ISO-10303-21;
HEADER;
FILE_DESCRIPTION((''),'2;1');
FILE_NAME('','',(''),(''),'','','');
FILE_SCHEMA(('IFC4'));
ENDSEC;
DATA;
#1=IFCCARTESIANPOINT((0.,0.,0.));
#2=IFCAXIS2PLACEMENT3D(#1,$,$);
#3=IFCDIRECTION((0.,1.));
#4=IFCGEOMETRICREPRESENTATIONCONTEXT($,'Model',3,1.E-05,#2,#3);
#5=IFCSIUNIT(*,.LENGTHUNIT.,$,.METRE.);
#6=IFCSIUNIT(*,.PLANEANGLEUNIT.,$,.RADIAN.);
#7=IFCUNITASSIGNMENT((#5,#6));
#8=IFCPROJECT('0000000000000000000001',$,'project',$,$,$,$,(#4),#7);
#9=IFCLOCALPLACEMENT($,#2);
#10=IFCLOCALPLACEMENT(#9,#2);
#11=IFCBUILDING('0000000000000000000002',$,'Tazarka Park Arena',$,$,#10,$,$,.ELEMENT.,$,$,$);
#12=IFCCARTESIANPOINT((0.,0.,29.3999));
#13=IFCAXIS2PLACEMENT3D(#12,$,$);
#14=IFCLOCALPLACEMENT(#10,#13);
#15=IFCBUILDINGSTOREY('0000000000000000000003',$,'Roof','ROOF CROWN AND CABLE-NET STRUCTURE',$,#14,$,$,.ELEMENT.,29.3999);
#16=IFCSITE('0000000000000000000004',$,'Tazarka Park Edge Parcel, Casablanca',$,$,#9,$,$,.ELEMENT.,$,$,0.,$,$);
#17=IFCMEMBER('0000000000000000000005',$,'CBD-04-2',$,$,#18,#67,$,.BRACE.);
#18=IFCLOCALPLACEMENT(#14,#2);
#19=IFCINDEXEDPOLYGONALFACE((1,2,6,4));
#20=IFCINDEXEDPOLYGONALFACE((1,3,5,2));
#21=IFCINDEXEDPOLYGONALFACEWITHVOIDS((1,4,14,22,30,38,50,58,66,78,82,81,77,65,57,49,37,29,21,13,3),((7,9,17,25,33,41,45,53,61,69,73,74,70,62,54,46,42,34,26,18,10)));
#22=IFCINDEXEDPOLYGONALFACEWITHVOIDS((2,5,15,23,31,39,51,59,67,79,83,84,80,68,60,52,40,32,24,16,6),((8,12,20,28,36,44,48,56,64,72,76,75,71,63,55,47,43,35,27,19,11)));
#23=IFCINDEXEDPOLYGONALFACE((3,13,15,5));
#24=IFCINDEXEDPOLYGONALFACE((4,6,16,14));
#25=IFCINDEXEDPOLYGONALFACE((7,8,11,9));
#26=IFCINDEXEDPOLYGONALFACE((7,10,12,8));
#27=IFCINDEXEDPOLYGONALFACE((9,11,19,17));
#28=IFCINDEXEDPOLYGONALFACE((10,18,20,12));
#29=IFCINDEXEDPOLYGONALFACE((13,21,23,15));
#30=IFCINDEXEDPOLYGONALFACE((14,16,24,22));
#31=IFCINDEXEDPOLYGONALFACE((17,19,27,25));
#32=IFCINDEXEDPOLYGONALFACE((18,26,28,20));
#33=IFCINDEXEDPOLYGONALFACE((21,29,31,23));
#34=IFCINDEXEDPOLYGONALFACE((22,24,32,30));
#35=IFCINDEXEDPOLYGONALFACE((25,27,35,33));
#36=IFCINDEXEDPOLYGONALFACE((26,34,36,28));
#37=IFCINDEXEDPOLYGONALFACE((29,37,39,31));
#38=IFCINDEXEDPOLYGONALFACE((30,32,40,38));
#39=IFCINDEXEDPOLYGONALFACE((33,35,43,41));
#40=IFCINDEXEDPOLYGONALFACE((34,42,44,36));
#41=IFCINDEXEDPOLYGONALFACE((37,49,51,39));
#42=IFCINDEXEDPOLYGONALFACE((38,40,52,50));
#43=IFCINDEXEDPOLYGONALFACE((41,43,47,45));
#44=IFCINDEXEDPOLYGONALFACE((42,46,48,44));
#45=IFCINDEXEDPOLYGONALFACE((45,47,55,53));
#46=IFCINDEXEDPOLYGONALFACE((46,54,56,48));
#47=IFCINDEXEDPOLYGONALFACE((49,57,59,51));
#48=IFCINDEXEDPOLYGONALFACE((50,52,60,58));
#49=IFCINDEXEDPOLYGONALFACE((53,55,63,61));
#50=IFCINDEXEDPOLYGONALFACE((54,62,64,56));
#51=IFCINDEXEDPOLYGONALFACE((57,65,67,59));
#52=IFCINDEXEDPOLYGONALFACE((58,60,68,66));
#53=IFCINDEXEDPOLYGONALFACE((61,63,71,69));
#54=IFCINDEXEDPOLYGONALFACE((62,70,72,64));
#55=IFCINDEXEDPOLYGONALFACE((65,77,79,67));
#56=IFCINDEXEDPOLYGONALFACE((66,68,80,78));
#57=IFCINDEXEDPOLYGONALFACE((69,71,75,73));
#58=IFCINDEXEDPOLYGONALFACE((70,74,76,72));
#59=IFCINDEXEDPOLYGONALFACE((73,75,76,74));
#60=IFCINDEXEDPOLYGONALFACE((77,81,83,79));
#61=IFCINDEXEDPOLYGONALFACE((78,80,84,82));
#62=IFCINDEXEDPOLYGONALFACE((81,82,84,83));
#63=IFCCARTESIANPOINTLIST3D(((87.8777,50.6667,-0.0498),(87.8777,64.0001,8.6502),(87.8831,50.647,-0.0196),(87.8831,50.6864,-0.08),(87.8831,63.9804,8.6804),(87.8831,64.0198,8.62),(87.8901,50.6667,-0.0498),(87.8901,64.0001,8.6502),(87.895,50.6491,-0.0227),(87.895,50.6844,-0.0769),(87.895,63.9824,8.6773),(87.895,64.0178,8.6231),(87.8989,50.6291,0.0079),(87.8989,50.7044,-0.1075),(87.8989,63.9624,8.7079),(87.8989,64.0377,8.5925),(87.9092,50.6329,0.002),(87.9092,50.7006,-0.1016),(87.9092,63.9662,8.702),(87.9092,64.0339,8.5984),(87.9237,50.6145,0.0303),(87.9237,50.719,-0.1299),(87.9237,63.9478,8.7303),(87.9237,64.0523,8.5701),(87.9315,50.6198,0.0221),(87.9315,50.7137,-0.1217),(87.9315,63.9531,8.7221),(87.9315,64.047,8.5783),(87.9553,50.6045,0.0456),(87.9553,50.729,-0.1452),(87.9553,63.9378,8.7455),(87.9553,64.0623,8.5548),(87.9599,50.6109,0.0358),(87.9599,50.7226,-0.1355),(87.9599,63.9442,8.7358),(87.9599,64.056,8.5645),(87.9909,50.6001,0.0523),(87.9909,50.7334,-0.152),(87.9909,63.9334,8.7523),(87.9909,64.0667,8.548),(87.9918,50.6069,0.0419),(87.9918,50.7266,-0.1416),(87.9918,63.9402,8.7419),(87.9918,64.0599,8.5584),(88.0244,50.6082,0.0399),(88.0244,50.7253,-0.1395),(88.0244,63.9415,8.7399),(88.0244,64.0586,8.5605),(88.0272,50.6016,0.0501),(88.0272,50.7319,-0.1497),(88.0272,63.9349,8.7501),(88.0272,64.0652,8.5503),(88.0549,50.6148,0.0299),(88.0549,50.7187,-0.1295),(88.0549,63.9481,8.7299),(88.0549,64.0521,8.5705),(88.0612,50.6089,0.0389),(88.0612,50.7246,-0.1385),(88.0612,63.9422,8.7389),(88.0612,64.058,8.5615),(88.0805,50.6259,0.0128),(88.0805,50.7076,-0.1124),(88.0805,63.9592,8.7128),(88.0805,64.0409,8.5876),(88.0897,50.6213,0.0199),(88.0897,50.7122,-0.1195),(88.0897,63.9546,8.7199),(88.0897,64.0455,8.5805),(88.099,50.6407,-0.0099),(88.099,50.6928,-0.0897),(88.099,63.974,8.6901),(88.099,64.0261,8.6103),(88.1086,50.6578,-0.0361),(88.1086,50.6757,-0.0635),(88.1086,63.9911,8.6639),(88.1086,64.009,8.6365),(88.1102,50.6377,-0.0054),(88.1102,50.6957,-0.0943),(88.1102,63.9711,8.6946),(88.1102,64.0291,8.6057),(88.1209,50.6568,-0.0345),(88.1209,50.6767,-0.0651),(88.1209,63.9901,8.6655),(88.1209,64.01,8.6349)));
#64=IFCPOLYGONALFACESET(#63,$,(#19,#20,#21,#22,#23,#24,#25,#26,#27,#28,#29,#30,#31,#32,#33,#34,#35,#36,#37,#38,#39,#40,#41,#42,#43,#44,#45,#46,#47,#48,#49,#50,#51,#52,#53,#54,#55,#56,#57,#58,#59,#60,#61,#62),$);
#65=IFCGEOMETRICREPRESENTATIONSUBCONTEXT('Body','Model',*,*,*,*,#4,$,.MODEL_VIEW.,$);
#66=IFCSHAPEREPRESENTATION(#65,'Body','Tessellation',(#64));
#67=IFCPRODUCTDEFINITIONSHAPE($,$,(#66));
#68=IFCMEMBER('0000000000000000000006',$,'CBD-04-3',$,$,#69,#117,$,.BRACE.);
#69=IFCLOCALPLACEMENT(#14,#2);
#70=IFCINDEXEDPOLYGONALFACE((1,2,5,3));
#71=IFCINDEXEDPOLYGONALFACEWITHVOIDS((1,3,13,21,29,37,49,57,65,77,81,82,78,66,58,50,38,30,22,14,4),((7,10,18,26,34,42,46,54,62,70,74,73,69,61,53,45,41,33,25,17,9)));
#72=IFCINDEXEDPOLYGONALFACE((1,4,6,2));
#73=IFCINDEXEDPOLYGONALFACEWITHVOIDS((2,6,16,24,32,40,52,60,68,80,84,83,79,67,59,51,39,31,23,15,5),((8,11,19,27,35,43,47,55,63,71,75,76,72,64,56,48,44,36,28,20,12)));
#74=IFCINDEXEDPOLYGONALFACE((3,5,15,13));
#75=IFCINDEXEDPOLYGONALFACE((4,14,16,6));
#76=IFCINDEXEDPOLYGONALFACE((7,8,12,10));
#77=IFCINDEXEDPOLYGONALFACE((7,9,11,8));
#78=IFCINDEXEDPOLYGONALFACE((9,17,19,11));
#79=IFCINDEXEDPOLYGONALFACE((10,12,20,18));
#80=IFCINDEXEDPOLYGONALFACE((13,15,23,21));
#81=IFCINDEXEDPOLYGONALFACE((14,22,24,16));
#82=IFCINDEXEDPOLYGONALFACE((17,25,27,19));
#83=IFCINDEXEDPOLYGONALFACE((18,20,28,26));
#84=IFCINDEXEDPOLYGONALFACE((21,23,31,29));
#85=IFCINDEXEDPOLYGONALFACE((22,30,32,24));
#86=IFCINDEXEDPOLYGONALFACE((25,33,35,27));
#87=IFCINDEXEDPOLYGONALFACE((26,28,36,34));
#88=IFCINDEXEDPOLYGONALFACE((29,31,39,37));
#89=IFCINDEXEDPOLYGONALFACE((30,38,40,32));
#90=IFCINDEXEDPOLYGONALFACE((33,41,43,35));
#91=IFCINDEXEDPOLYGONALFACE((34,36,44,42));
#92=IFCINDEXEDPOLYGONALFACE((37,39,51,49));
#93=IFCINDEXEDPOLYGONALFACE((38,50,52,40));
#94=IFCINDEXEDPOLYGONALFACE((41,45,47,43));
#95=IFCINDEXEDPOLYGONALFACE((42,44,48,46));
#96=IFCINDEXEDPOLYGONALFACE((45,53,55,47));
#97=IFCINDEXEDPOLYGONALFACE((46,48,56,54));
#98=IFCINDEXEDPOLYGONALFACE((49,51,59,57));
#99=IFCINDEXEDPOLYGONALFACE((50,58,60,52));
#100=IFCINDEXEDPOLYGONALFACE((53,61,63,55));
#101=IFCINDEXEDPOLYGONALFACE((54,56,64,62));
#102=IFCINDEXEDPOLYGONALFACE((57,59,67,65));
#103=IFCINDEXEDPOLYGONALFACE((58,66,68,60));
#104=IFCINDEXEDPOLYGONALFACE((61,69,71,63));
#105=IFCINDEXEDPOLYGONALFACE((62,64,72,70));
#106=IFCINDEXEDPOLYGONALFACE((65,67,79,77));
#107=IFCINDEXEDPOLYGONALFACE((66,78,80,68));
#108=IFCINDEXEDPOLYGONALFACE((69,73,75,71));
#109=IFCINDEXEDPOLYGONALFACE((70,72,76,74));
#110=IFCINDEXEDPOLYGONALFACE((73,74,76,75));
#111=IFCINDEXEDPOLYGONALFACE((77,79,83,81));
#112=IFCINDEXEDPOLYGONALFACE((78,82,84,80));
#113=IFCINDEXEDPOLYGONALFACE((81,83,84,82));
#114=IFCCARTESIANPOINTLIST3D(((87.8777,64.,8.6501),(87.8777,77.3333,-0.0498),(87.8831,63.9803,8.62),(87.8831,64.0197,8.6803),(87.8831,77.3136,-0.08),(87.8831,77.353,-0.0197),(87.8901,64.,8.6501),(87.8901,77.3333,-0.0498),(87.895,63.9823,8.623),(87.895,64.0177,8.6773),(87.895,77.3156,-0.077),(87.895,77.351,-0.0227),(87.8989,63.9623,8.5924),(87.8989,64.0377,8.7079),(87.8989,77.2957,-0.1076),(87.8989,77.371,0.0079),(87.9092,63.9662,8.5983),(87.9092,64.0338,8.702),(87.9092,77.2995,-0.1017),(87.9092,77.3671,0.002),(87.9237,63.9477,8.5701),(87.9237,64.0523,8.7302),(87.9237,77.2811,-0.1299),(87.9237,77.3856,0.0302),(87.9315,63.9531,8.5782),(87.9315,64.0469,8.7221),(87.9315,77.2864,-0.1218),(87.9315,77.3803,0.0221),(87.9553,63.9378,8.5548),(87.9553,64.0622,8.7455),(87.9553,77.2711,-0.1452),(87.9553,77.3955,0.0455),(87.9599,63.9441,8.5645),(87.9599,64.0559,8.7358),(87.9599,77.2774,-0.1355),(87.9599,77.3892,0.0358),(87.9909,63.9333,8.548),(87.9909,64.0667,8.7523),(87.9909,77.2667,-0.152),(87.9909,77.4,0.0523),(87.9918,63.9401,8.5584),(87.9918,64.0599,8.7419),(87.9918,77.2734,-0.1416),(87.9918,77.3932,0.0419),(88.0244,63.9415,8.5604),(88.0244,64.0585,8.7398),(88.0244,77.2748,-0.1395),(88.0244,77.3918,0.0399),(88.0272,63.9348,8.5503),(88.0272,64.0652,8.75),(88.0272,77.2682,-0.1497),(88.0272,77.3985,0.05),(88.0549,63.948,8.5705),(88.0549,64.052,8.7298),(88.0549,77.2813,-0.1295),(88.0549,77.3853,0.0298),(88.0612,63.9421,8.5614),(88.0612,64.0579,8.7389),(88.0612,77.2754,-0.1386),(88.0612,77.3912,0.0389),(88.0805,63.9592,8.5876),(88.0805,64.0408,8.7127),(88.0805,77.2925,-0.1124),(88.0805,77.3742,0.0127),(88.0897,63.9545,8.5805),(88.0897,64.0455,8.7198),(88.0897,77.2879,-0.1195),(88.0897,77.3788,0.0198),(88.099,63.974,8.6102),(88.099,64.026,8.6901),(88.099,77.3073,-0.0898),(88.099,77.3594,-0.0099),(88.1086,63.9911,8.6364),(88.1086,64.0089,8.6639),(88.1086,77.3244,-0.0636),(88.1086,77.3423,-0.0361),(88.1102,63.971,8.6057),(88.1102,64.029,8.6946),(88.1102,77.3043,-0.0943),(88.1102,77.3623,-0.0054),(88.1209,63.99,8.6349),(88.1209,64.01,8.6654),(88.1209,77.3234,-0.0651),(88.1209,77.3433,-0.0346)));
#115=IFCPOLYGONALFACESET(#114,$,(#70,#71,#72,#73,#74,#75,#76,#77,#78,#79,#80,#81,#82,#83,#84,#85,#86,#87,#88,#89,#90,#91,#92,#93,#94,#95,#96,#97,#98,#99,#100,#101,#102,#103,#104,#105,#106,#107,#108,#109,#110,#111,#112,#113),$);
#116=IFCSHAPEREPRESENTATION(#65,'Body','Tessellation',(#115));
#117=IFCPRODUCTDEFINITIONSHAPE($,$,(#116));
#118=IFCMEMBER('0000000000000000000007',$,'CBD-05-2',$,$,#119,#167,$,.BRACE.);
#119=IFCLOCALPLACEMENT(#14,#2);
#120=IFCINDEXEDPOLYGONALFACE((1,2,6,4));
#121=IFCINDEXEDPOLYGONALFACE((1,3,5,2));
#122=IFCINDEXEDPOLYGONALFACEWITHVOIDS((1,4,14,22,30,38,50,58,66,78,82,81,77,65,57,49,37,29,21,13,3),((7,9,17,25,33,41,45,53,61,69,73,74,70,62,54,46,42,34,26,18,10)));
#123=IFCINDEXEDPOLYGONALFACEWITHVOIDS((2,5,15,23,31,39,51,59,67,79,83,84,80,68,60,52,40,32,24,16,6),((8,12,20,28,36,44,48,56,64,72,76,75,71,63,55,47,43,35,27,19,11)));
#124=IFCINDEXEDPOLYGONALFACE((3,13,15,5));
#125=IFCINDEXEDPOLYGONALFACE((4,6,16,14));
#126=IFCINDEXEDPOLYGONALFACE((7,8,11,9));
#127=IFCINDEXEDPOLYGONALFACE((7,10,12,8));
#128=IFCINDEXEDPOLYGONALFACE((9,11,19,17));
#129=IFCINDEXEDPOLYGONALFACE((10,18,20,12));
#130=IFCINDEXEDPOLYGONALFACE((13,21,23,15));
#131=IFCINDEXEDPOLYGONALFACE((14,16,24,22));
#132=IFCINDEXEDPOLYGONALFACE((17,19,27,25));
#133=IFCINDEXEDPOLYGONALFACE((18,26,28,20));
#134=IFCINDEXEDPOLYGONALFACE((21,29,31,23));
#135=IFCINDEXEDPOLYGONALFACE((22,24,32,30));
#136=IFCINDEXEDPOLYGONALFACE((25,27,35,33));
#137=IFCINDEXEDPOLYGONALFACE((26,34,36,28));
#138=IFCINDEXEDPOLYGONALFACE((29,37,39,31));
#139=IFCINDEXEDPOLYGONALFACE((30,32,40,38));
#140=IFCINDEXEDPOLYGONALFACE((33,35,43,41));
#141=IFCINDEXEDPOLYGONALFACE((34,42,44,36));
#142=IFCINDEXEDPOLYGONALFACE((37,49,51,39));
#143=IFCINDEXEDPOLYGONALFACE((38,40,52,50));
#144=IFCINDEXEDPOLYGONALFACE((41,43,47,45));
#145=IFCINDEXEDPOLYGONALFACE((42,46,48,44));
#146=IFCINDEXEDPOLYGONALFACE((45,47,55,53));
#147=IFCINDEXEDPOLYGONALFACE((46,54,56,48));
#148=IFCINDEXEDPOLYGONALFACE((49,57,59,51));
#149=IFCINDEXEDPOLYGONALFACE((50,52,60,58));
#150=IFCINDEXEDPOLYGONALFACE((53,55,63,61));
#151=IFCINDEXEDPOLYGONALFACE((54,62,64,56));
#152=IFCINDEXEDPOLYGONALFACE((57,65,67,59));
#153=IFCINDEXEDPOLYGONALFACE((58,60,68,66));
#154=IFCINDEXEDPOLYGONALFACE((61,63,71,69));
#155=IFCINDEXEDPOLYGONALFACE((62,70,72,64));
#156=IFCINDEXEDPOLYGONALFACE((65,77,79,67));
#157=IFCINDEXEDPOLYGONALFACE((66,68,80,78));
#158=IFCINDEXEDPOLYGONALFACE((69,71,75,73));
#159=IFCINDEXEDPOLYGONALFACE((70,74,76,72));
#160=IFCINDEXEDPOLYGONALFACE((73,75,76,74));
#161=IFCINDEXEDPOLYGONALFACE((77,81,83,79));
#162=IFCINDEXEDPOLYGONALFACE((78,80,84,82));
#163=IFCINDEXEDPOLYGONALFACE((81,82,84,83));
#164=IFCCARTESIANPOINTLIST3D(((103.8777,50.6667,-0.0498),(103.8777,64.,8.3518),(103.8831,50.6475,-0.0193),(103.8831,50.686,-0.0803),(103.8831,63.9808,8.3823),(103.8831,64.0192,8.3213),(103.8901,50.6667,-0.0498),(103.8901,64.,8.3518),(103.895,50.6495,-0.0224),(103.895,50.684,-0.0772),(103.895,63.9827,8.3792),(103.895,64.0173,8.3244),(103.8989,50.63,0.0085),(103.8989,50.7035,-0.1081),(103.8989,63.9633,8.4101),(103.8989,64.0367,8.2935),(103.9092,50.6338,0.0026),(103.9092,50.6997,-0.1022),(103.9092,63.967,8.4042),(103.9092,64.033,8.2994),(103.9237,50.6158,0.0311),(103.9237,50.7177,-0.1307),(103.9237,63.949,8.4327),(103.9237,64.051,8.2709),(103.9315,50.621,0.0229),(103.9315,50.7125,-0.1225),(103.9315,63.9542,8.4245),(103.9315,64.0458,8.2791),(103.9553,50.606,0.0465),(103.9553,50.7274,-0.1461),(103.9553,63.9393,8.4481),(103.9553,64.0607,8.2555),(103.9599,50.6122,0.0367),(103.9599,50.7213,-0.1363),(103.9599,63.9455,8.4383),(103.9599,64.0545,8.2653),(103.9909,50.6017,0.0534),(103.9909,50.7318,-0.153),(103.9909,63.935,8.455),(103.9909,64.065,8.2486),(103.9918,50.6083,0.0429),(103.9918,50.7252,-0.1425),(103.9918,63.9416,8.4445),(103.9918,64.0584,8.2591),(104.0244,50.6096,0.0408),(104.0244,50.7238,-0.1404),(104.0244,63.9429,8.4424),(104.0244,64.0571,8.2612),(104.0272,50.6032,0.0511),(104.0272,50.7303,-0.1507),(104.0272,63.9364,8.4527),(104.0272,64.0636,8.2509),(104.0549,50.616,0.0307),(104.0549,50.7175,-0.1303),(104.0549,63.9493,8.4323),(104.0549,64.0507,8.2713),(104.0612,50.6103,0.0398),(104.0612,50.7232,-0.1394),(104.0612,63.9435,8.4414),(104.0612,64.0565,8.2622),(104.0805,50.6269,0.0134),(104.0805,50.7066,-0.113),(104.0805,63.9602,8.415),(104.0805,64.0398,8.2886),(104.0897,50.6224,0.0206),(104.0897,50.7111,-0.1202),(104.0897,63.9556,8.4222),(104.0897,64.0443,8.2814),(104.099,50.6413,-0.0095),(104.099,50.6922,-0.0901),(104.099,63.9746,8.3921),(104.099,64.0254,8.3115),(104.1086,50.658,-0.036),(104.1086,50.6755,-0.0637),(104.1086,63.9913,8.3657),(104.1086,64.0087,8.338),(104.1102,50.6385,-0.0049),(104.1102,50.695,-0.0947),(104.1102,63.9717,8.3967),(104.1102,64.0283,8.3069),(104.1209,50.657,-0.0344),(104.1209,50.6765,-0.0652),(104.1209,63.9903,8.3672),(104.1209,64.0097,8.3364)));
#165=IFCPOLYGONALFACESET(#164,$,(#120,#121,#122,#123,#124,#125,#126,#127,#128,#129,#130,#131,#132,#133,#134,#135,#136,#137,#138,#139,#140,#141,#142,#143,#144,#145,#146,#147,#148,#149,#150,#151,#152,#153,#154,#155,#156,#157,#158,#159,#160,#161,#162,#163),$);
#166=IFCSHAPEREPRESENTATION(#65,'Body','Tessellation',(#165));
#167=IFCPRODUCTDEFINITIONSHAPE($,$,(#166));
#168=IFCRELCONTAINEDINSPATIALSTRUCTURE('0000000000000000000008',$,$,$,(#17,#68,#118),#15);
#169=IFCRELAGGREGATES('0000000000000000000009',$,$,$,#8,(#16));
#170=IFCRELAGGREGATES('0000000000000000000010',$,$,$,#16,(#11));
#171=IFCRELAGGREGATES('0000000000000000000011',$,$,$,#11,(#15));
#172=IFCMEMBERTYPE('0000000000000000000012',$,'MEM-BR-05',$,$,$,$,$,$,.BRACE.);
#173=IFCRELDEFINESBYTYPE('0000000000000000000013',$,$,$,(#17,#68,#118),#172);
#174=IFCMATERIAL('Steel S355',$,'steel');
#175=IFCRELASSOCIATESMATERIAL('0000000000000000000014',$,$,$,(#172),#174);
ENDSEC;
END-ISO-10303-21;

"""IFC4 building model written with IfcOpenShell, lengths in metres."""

from ifc_helpers import new_model, si_unit, direction, frame, origin, origin_2d, place, context, subcontext, project, spatial, hollow_circle, extrude, material, material_profile, profile_set, type_object, element, save


model = new_model("IFC4")

# Units and contexts
model_context = context("Model", 3, precision=1e-05, world=origin(), true_north=direction((0.0, 1.0)))
body_context = subcontext(model_context, "Body", "Model", "MODEL_VIEW")
ifc_project = project(units=[si_unit("LENGTHUNIT", "METRE"), si_unit("PLANEANGLEUNIT", "RADIAN")], contexts=[model_context])

# Site, building, storey
site_placement = place(None, origin())
site = spatial("IfcSite", under=ifc_project, at=site_placement, Name="Tazarka Park Edge Parcel, Casablanca", CompositionType="ELEMENT", RefElevation=0.0)
building_placement = place(site_placement, origin())
building = spatial("IfcBuilding", under=site, at=building_placement, Name="Tazarka Park Arena", CompositionType="ELEMENT")
storey_placement = place(building_placement, frame((0.0, 0.0, 29.3999)))
storey = spatial("IfcBuildingStorey", under=building, at=storey_placement, Name="Roof", Description="ROOF CROWN AND CABLE-NET STRUCTURE", CompositionType="ELEMENT", Elevation=29.3999)

# Members
ifc_material_1 = material(Name="Steel S355", Category="steel")
ifc_material_profile_1 = material_profile(ifc_material_1, hollow_circle(Radius=0.1223, WallThickness=0.0125, at=origin_2d()), Name="Steel S355")
ifc_profile_set_1 = profile_set([ifc_material_profile_1], Name="Steel S355")
member_type_1 = type_object("IfcMemberType", Name="MEM-BR-05", PredefinedType="BRACE", material=ifc_profile_set_1)
for number, where, z_axis, x_axis, name in (
    (1, (88.0, 50.6667, -0.0498), (0.0, 0.837485, 0.54646), (-1.0, 0.0, 0.0), "CBD-04-2"),
    (2, (88.0, 64.0, 8.6501), (0.0, 0.837485, -0.54646), (-1.0, 0.0, 0.0), "CBD-04-3"),
):
    element("IfcMember", number, at=place(storey_placement, frame(where, z_axis=z_axis, x_axis=x_axis)), inside=storey, type_object=member_type_1, Name=name, PredefinedType="BRACE", context=body_context, shape_type="SweptSolid", body=[
        extrude(hollow_circle(Radius=0.1223, WallThickness=0.0125, at=origin_2d()), origin(), (0.0, 0.0, 1.0), 15.9207),
    ])
for number, where, z_axis, x_axis, name in (
    (3, (104.0, 50.6667, -0.0498), (0.0, 0.846044, 0.533113), (-1.0, 0.0, 0.0), "CBD-05-2"),
):
    element("IfcMember", number, at=place(storey_placement, frame(where, z_axis=z_axis, x_axis=x_axis)), inside=storey, type_object=member_type_1, Name=name, PredefinedType="BRACE", context=body_context, shape_type="SweptSolid", body=[
        extrude(hollow_circle(Radius=0.1223, WallThickness=0.0125, at=origin_2d()), origin(), (0.0, 0.0, 1.0), 15.7595),
    ])

save(model, "model.ifc")
